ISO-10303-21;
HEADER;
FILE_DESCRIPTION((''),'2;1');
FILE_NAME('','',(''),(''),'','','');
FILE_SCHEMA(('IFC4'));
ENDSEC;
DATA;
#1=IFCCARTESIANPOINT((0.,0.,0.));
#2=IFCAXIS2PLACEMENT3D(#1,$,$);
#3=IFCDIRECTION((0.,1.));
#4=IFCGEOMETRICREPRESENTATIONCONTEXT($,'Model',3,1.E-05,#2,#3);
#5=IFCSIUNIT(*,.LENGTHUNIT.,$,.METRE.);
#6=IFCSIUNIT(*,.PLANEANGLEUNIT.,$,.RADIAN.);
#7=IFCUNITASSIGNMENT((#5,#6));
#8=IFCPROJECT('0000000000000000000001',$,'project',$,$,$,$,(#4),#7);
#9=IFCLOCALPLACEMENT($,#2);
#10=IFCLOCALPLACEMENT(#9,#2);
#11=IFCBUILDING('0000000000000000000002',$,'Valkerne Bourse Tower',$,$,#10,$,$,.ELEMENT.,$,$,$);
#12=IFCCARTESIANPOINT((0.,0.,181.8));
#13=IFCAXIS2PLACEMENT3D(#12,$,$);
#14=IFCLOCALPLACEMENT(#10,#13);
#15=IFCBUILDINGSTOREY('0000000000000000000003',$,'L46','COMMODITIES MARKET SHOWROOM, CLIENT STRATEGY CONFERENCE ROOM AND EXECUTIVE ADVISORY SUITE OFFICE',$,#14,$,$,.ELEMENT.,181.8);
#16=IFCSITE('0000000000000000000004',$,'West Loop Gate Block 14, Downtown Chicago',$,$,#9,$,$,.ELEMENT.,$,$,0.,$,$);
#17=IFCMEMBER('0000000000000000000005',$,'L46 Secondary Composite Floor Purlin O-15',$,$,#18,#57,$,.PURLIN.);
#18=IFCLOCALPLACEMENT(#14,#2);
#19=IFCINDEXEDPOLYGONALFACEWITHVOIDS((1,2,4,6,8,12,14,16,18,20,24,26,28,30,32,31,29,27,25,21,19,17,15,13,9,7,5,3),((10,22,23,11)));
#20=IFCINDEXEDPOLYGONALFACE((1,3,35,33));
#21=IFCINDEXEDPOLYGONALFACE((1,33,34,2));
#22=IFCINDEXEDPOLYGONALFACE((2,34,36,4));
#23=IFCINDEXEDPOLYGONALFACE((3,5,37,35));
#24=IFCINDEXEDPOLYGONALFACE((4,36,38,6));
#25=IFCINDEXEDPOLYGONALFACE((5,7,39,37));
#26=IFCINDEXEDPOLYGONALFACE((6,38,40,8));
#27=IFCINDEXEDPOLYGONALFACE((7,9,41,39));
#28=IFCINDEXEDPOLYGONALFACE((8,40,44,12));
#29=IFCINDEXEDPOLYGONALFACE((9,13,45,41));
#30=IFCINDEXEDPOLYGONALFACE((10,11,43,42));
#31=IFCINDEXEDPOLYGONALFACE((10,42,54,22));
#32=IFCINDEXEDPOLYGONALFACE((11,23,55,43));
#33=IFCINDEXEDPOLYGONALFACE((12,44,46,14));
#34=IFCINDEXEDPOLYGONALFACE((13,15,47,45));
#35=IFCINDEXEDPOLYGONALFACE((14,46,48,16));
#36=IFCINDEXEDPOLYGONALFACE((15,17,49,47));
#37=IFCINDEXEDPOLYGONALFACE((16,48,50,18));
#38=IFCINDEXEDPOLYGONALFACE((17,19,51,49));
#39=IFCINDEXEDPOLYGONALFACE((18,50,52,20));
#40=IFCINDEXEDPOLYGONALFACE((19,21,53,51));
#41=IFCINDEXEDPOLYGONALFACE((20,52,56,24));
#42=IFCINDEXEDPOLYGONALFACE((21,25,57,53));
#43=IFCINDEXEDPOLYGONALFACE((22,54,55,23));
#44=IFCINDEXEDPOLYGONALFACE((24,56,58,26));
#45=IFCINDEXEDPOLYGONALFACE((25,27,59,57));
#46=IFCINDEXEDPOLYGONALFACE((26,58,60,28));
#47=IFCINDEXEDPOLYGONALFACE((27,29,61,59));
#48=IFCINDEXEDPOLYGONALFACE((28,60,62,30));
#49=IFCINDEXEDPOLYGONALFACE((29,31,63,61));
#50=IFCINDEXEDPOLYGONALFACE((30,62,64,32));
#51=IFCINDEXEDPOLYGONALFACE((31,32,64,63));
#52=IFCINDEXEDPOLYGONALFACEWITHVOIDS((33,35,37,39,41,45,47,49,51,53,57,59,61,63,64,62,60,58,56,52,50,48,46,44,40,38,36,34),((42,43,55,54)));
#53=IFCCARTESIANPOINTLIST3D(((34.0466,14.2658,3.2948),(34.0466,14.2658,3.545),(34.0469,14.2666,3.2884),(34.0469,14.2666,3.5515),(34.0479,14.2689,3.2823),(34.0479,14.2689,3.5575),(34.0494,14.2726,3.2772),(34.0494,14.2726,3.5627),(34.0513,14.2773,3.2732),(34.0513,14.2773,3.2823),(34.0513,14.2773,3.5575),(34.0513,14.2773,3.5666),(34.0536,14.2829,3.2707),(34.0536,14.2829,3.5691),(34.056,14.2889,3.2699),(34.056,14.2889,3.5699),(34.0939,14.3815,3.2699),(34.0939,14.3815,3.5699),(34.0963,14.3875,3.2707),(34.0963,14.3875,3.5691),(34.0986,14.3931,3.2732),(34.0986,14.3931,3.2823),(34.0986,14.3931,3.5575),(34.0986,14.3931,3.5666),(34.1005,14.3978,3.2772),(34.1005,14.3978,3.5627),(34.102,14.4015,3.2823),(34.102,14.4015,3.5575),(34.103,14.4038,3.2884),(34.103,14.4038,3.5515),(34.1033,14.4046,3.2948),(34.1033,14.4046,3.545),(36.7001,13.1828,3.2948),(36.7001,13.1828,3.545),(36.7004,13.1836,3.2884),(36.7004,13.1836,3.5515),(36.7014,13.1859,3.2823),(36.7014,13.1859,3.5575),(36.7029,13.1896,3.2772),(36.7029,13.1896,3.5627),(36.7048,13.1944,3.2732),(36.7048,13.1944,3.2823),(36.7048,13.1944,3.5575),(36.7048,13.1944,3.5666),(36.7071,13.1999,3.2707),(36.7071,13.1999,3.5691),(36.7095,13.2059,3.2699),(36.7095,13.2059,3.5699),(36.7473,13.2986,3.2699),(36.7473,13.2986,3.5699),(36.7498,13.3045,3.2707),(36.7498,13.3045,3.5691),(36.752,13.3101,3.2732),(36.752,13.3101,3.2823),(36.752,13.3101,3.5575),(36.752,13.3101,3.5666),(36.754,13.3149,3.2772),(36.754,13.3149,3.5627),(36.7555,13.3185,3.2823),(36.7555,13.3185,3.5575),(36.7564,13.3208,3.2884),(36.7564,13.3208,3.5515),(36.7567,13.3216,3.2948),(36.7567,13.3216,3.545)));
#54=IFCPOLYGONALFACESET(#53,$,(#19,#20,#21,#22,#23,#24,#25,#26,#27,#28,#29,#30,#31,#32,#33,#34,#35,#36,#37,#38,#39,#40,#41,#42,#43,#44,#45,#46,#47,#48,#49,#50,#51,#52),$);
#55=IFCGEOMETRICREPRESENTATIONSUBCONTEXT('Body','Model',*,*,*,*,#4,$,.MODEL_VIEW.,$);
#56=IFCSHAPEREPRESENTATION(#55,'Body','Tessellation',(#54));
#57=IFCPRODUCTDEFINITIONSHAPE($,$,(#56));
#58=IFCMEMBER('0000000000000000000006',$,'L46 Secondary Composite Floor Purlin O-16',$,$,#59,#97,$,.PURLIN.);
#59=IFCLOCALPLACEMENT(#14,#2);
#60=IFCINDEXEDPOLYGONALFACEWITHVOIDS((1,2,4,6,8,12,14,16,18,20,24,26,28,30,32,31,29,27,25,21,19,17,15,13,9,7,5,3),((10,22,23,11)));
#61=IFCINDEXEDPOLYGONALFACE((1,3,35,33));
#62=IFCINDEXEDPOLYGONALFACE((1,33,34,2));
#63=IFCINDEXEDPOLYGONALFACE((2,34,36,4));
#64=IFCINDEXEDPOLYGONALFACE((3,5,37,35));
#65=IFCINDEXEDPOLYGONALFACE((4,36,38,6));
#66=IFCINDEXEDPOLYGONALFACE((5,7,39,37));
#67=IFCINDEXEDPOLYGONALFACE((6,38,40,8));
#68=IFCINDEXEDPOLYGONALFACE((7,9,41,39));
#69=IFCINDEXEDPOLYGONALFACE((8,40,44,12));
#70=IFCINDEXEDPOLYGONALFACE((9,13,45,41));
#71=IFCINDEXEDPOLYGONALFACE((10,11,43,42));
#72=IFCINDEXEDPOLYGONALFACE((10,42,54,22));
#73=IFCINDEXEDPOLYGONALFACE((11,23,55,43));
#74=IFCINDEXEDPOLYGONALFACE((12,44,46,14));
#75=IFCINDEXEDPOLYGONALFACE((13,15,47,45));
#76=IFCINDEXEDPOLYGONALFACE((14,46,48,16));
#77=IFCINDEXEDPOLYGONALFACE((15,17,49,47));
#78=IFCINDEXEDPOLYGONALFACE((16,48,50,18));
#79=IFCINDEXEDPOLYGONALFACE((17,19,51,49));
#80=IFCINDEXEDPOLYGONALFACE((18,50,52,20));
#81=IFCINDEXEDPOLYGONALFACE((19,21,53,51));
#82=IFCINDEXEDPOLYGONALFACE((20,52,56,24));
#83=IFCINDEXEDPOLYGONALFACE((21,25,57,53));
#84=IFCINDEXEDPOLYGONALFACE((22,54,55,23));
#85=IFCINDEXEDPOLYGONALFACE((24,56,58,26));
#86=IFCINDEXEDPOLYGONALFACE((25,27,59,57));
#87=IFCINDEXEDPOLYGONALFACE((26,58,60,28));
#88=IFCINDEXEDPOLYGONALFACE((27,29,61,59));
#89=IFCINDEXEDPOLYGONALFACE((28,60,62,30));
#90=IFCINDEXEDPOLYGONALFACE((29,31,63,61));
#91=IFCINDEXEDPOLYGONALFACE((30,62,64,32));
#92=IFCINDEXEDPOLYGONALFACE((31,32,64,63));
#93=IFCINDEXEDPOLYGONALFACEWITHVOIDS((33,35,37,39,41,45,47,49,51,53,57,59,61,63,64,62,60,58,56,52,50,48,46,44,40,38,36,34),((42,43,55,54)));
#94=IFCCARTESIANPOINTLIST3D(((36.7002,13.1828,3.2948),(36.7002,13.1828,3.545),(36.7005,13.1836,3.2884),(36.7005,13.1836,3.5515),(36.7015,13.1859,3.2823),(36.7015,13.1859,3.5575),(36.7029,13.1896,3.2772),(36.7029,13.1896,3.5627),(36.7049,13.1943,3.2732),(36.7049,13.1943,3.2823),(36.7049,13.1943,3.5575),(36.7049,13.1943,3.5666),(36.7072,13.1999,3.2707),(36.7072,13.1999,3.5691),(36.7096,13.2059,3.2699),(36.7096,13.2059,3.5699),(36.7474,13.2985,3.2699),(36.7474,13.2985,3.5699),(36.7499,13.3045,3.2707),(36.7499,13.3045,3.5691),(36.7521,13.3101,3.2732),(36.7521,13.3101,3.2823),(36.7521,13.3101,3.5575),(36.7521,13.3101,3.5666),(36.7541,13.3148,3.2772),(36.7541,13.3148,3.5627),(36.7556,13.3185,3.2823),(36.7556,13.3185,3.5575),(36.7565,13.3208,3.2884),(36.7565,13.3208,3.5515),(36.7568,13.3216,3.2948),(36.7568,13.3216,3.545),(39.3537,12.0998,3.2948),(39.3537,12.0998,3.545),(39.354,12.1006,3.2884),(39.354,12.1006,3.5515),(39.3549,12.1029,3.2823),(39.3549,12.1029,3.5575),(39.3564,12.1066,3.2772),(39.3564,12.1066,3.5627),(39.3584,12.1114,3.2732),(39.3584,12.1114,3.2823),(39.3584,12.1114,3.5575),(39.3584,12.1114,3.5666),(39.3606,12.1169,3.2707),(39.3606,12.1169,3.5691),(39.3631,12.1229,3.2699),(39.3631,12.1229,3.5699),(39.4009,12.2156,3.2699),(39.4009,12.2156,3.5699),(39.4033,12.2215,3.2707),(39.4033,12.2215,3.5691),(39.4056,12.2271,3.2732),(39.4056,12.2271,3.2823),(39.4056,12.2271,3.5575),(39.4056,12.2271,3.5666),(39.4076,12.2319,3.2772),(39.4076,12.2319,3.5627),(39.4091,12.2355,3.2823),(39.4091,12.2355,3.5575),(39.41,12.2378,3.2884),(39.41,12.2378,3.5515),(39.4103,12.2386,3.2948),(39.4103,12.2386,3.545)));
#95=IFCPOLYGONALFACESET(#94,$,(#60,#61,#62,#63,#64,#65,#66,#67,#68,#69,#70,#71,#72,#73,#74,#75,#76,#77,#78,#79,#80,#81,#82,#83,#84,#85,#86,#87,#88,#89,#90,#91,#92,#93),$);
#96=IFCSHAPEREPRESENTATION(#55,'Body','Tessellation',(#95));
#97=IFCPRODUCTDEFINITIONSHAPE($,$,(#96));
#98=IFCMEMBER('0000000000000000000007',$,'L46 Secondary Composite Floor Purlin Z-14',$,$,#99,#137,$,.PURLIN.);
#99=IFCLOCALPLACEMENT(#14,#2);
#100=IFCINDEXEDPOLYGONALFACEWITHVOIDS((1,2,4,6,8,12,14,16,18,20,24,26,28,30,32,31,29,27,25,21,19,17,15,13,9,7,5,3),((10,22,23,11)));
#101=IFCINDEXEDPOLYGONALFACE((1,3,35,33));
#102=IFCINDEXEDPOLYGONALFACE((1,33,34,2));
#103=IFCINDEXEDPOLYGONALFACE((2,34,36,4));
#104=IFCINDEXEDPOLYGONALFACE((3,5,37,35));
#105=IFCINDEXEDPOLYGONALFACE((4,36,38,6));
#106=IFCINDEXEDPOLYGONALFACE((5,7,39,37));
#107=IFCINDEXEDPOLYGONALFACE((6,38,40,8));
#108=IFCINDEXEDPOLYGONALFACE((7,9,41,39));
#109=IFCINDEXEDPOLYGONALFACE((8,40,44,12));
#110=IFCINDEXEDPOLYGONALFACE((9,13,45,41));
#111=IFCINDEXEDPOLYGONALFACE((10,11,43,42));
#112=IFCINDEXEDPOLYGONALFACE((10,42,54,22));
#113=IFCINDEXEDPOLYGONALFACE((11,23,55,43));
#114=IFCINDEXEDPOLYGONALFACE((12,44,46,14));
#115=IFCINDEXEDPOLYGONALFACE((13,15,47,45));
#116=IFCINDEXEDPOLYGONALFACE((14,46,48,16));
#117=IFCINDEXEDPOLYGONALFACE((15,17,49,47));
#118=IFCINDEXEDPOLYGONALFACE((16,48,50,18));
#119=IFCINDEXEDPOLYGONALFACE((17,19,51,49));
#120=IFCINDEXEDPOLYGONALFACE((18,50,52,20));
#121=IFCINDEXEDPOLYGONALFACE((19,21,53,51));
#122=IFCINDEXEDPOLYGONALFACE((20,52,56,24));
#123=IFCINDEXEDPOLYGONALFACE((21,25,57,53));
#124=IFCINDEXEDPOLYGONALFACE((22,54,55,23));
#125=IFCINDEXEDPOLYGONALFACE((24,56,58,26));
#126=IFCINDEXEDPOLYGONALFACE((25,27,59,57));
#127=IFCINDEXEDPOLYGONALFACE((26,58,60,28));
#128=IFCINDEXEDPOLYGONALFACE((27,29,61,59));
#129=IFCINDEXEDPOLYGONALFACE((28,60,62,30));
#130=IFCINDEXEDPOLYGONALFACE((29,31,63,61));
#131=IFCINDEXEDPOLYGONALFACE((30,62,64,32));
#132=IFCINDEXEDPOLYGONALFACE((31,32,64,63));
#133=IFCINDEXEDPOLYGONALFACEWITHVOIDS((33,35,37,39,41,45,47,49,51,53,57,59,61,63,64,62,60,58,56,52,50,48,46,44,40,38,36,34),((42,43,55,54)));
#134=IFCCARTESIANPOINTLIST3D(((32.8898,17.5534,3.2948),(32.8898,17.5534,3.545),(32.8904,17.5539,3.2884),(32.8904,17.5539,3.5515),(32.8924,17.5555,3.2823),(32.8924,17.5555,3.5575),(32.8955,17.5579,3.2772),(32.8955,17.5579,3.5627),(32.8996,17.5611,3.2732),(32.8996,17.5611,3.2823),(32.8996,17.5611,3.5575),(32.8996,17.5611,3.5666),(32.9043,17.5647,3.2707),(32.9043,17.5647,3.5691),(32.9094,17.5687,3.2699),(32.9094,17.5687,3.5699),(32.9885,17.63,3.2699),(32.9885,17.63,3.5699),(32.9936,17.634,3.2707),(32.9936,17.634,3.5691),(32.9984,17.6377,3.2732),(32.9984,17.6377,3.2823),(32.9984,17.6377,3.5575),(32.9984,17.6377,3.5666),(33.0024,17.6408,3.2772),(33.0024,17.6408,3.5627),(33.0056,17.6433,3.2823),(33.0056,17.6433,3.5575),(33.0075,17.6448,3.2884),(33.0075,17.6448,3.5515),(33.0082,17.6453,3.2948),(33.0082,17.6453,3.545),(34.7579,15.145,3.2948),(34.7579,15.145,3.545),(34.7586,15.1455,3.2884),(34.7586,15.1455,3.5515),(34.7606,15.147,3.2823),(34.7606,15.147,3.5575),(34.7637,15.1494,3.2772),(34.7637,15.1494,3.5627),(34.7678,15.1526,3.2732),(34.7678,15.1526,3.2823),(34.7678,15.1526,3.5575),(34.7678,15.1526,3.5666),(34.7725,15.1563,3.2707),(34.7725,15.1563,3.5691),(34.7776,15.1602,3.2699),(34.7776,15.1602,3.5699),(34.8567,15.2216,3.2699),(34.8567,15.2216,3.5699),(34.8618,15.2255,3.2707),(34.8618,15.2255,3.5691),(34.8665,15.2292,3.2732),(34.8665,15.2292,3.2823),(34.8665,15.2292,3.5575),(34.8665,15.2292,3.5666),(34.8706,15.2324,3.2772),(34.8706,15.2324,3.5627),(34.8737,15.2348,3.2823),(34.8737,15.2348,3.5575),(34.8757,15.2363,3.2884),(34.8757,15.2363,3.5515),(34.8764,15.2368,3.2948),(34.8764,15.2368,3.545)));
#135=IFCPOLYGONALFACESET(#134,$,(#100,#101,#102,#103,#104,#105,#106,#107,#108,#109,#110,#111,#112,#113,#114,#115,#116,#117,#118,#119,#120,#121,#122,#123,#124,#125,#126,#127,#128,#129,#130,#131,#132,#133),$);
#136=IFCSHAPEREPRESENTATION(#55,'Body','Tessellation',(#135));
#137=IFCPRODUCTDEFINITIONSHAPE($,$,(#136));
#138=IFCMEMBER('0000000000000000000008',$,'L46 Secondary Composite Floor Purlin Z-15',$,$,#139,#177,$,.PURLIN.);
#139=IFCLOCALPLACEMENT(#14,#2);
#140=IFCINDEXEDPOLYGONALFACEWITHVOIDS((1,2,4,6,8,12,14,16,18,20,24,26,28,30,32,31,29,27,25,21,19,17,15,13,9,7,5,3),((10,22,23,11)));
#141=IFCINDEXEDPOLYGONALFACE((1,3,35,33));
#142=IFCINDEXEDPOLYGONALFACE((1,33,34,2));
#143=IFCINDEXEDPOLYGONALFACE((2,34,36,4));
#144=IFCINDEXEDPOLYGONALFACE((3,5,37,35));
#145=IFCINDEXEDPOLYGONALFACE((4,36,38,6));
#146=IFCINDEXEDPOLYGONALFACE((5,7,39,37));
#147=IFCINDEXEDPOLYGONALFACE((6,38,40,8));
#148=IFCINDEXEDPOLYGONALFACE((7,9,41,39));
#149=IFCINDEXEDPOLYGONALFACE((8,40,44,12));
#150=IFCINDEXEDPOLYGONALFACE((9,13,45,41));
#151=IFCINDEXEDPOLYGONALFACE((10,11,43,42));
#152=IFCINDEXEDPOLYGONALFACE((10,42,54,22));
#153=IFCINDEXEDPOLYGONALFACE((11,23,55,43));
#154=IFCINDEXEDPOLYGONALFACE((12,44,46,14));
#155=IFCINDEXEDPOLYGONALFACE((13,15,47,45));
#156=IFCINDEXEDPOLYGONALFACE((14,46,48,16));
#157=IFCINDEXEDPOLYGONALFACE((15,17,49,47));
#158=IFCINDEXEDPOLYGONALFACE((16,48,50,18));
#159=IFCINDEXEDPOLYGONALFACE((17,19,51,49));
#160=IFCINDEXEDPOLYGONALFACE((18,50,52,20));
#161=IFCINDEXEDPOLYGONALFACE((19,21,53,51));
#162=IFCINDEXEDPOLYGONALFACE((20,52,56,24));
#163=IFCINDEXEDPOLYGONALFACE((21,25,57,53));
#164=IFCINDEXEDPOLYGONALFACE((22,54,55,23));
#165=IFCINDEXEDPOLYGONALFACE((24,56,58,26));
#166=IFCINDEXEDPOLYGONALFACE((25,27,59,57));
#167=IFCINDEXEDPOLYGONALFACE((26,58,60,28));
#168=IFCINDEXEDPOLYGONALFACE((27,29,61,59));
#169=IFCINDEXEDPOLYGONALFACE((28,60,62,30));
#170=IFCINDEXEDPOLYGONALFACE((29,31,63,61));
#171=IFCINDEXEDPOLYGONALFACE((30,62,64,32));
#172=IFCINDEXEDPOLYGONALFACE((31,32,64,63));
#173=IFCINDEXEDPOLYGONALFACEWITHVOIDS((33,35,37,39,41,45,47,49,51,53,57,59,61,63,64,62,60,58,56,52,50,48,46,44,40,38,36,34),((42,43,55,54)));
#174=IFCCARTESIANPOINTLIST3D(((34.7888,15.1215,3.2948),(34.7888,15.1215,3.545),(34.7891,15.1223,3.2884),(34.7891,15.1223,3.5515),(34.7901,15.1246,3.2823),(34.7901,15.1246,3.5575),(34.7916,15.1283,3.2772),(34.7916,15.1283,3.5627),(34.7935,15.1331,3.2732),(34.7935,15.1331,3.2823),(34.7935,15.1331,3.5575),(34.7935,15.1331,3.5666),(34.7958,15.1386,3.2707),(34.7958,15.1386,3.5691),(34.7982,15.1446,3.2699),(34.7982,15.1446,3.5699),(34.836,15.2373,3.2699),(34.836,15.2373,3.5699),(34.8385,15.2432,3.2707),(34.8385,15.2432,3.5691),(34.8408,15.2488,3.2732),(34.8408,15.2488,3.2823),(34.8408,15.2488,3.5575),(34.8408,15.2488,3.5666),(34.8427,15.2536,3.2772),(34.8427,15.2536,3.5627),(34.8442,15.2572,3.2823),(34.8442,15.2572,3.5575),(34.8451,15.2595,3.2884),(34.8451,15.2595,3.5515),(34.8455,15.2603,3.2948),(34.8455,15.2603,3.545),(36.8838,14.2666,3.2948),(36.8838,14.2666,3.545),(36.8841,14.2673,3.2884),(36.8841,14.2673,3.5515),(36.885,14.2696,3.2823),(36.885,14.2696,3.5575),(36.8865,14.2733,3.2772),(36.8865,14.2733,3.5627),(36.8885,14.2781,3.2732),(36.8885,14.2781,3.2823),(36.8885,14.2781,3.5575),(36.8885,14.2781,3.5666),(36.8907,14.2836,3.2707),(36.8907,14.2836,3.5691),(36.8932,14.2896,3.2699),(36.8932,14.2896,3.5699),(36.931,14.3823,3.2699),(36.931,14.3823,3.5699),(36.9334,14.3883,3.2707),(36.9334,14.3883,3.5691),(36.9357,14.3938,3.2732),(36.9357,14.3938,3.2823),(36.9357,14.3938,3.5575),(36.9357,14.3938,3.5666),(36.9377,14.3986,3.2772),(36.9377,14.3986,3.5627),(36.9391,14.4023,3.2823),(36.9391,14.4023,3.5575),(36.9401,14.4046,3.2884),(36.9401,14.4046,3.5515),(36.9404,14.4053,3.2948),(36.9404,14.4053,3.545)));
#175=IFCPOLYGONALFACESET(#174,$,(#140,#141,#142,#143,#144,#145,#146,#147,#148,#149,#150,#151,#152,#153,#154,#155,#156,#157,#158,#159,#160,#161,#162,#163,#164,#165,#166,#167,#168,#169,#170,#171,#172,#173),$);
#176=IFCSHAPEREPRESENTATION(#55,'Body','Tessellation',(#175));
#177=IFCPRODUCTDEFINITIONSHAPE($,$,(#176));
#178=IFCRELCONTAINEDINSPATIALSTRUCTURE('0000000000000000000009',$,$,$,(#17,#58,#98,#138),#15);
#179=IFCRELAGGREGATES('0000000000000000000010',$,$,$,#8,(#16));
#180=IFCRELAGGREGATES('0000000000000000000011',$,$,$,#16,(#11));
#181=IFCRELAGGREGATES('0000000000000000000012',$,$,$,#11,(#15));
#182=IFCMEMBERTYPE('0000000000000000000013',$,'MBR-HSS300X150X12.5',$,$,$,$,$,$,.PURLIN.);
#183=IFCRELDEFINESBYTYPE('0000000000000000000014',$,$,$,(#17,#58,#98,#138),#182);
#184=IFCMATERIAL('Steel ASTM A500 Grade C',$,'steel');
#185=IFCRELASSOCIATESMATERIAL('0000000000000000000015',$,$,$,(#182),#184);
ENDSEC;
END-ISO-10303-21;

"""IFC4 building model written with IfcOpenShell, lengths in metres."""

from ifc_helpers import new_model, si_unit, direction, frame, origin, origin_2d, place, context, subcontext, project, spatial, hollow_rectangle, extrude, material, material_profile, profile_set, type_object, element, save


model = new_model("IFC4")

# Units and contexts
model_context = context("Model", 3, precision=1e-05, world=origin(), true_north=direction((0.0, 1.0)))
body_context = subcontext(model_context, "Body", "Model", "MODEL_VIEW")
ifc_project = project(units=[si_unit("LENGTHUNIT", "METRE"), si_unit("PLANEANGLEUNIT", "RADIAN")], contexts=[model_context])

# Site, building, storey
site_placement = place(None, origin())
site = spatial("IfcSite", under=ifc_project, at=site_placement, Name="West Loop Gate Block 14, Downtown Chicago", CompositionType="ELEMENT", RefElevation=0.0)
building_placement = place(site_placement, origin())
building = spatial("IfcBuilding", under=site, at=building_placement, Name="Valkerne Bourse Tower", CompositionType="ELEMENT")
storey_placement = place(building_placement, frame((0.0, 0.0, 181.8)))
storey = spatial("IfcBuildingStorey", under=building, at=storey_placement, Name="L46", Description="COMMODITIES MARKET SHOWROOM, CLIENT STRATEGY CONFERENCE ROOM AND EXECUTIVE ADVISORY SUITE OFFICE", CompositionType="ELEMENT", Elevation=181.8)

# Members
ifc_material_1 = material(Name="Steel ASTM A500 Grade C", Category="steel")
ifc_material_profile_1 = material_profile(ifc_material_1, hollow_rectangle(XDim=0.1499, YDim=0.3, WallThickness=0.0125, OuterFilletRadius=0.0249, at=origin_2d()), Name="HSS300X150X12.5")
ifc_profile_set_1 = profile_set([ifc_material_profile_1], Name="Steel ASTM A500 Grade C")
member_type_1 = type_object("IfcMemberType", Name="MBR-HSS300X150X12.5", PredefinedType="PURLIN", material=ifc_profile_set_1)
for number, where, z_axis, x_axis, name in (
    (1, (34.075, 14.3352, 3.4199), (0.925857, -0.377873, 0.0), (0.377873, 0.925857, 0.0), "L46 Secondary Composite Floor Purlin O-15"),
    (2, (36.7285, 13.2522, 3.4199), (0.925857, -0.377873, 0.0), (0.377873, 0.925857, 0.0), "L46 Secondary Composite Floor Purlin O-16"),
):
    element("IfcMember", number, at=place(storey_placement, frame(where, z_axis=z_axis, x_axis=x_axis)), inside=storey, type_object=member_type_1, Name=name, PredefinedType="PURLIN", context=body_context, shape_type="SweptSolid", body=[
        extrude(hollow_rectangle(XDim=0.1499, YDim=0.3, WallThickness=0.0125, OuterFilletRadius=0.0249, at=origin_2d()), origin(), (0.0, 0.0, 1.0), 2.866),
    ])
member_1_placement = place(storey_placement, frame((32.949, 17.5994, 3.4199), z_axis=(0.612903, -0.790158, 0.0), x_axis=(0.790158, 0.612903, 0.0)))
element("IfcMember", 3, at=member_1_placement, inside=storey, type_object=member_type_1, Name="L46 Secondary Composite Floor Purlin Z-14", PredefinedType="PURLIN", context=body_context, shape_type="SweptSolid", body=[
    extrude(hollow_rectangle(XDim=0.1499, YDim=0.3, WallThickness=0.0125, OuterFilletRadius=0.0249, at=origin_2d()), origin(), (0.0, 0.0, 1.0), 3.0481),
])
member_2_placement = place(storey_placement, frame((34.8171, 15.1909, 3.4199), z_axis=(0.925865, -0.377855, 0.0), x_axis=(0.377855, 0.925865, 0.0)))
element("IfcMember", 4, at=member_2_placement, inside=storey, type_object=member_type_1, Name="L46 Secondary Composite Floor Purlin Z-15", PredefinedType="PURLIN", context=body_context, shape_type="SweptSolid", body=[
    extrude(hollow_rectangle(XDim=0.1499, YDim=0.3, WallThickness=0.0125, OuterFilletRadius=0.0249, at=origin_2d()), origin(), (0.0, 0.0, 1.0), 2.2627),
])

save(model, "model.ifc")
